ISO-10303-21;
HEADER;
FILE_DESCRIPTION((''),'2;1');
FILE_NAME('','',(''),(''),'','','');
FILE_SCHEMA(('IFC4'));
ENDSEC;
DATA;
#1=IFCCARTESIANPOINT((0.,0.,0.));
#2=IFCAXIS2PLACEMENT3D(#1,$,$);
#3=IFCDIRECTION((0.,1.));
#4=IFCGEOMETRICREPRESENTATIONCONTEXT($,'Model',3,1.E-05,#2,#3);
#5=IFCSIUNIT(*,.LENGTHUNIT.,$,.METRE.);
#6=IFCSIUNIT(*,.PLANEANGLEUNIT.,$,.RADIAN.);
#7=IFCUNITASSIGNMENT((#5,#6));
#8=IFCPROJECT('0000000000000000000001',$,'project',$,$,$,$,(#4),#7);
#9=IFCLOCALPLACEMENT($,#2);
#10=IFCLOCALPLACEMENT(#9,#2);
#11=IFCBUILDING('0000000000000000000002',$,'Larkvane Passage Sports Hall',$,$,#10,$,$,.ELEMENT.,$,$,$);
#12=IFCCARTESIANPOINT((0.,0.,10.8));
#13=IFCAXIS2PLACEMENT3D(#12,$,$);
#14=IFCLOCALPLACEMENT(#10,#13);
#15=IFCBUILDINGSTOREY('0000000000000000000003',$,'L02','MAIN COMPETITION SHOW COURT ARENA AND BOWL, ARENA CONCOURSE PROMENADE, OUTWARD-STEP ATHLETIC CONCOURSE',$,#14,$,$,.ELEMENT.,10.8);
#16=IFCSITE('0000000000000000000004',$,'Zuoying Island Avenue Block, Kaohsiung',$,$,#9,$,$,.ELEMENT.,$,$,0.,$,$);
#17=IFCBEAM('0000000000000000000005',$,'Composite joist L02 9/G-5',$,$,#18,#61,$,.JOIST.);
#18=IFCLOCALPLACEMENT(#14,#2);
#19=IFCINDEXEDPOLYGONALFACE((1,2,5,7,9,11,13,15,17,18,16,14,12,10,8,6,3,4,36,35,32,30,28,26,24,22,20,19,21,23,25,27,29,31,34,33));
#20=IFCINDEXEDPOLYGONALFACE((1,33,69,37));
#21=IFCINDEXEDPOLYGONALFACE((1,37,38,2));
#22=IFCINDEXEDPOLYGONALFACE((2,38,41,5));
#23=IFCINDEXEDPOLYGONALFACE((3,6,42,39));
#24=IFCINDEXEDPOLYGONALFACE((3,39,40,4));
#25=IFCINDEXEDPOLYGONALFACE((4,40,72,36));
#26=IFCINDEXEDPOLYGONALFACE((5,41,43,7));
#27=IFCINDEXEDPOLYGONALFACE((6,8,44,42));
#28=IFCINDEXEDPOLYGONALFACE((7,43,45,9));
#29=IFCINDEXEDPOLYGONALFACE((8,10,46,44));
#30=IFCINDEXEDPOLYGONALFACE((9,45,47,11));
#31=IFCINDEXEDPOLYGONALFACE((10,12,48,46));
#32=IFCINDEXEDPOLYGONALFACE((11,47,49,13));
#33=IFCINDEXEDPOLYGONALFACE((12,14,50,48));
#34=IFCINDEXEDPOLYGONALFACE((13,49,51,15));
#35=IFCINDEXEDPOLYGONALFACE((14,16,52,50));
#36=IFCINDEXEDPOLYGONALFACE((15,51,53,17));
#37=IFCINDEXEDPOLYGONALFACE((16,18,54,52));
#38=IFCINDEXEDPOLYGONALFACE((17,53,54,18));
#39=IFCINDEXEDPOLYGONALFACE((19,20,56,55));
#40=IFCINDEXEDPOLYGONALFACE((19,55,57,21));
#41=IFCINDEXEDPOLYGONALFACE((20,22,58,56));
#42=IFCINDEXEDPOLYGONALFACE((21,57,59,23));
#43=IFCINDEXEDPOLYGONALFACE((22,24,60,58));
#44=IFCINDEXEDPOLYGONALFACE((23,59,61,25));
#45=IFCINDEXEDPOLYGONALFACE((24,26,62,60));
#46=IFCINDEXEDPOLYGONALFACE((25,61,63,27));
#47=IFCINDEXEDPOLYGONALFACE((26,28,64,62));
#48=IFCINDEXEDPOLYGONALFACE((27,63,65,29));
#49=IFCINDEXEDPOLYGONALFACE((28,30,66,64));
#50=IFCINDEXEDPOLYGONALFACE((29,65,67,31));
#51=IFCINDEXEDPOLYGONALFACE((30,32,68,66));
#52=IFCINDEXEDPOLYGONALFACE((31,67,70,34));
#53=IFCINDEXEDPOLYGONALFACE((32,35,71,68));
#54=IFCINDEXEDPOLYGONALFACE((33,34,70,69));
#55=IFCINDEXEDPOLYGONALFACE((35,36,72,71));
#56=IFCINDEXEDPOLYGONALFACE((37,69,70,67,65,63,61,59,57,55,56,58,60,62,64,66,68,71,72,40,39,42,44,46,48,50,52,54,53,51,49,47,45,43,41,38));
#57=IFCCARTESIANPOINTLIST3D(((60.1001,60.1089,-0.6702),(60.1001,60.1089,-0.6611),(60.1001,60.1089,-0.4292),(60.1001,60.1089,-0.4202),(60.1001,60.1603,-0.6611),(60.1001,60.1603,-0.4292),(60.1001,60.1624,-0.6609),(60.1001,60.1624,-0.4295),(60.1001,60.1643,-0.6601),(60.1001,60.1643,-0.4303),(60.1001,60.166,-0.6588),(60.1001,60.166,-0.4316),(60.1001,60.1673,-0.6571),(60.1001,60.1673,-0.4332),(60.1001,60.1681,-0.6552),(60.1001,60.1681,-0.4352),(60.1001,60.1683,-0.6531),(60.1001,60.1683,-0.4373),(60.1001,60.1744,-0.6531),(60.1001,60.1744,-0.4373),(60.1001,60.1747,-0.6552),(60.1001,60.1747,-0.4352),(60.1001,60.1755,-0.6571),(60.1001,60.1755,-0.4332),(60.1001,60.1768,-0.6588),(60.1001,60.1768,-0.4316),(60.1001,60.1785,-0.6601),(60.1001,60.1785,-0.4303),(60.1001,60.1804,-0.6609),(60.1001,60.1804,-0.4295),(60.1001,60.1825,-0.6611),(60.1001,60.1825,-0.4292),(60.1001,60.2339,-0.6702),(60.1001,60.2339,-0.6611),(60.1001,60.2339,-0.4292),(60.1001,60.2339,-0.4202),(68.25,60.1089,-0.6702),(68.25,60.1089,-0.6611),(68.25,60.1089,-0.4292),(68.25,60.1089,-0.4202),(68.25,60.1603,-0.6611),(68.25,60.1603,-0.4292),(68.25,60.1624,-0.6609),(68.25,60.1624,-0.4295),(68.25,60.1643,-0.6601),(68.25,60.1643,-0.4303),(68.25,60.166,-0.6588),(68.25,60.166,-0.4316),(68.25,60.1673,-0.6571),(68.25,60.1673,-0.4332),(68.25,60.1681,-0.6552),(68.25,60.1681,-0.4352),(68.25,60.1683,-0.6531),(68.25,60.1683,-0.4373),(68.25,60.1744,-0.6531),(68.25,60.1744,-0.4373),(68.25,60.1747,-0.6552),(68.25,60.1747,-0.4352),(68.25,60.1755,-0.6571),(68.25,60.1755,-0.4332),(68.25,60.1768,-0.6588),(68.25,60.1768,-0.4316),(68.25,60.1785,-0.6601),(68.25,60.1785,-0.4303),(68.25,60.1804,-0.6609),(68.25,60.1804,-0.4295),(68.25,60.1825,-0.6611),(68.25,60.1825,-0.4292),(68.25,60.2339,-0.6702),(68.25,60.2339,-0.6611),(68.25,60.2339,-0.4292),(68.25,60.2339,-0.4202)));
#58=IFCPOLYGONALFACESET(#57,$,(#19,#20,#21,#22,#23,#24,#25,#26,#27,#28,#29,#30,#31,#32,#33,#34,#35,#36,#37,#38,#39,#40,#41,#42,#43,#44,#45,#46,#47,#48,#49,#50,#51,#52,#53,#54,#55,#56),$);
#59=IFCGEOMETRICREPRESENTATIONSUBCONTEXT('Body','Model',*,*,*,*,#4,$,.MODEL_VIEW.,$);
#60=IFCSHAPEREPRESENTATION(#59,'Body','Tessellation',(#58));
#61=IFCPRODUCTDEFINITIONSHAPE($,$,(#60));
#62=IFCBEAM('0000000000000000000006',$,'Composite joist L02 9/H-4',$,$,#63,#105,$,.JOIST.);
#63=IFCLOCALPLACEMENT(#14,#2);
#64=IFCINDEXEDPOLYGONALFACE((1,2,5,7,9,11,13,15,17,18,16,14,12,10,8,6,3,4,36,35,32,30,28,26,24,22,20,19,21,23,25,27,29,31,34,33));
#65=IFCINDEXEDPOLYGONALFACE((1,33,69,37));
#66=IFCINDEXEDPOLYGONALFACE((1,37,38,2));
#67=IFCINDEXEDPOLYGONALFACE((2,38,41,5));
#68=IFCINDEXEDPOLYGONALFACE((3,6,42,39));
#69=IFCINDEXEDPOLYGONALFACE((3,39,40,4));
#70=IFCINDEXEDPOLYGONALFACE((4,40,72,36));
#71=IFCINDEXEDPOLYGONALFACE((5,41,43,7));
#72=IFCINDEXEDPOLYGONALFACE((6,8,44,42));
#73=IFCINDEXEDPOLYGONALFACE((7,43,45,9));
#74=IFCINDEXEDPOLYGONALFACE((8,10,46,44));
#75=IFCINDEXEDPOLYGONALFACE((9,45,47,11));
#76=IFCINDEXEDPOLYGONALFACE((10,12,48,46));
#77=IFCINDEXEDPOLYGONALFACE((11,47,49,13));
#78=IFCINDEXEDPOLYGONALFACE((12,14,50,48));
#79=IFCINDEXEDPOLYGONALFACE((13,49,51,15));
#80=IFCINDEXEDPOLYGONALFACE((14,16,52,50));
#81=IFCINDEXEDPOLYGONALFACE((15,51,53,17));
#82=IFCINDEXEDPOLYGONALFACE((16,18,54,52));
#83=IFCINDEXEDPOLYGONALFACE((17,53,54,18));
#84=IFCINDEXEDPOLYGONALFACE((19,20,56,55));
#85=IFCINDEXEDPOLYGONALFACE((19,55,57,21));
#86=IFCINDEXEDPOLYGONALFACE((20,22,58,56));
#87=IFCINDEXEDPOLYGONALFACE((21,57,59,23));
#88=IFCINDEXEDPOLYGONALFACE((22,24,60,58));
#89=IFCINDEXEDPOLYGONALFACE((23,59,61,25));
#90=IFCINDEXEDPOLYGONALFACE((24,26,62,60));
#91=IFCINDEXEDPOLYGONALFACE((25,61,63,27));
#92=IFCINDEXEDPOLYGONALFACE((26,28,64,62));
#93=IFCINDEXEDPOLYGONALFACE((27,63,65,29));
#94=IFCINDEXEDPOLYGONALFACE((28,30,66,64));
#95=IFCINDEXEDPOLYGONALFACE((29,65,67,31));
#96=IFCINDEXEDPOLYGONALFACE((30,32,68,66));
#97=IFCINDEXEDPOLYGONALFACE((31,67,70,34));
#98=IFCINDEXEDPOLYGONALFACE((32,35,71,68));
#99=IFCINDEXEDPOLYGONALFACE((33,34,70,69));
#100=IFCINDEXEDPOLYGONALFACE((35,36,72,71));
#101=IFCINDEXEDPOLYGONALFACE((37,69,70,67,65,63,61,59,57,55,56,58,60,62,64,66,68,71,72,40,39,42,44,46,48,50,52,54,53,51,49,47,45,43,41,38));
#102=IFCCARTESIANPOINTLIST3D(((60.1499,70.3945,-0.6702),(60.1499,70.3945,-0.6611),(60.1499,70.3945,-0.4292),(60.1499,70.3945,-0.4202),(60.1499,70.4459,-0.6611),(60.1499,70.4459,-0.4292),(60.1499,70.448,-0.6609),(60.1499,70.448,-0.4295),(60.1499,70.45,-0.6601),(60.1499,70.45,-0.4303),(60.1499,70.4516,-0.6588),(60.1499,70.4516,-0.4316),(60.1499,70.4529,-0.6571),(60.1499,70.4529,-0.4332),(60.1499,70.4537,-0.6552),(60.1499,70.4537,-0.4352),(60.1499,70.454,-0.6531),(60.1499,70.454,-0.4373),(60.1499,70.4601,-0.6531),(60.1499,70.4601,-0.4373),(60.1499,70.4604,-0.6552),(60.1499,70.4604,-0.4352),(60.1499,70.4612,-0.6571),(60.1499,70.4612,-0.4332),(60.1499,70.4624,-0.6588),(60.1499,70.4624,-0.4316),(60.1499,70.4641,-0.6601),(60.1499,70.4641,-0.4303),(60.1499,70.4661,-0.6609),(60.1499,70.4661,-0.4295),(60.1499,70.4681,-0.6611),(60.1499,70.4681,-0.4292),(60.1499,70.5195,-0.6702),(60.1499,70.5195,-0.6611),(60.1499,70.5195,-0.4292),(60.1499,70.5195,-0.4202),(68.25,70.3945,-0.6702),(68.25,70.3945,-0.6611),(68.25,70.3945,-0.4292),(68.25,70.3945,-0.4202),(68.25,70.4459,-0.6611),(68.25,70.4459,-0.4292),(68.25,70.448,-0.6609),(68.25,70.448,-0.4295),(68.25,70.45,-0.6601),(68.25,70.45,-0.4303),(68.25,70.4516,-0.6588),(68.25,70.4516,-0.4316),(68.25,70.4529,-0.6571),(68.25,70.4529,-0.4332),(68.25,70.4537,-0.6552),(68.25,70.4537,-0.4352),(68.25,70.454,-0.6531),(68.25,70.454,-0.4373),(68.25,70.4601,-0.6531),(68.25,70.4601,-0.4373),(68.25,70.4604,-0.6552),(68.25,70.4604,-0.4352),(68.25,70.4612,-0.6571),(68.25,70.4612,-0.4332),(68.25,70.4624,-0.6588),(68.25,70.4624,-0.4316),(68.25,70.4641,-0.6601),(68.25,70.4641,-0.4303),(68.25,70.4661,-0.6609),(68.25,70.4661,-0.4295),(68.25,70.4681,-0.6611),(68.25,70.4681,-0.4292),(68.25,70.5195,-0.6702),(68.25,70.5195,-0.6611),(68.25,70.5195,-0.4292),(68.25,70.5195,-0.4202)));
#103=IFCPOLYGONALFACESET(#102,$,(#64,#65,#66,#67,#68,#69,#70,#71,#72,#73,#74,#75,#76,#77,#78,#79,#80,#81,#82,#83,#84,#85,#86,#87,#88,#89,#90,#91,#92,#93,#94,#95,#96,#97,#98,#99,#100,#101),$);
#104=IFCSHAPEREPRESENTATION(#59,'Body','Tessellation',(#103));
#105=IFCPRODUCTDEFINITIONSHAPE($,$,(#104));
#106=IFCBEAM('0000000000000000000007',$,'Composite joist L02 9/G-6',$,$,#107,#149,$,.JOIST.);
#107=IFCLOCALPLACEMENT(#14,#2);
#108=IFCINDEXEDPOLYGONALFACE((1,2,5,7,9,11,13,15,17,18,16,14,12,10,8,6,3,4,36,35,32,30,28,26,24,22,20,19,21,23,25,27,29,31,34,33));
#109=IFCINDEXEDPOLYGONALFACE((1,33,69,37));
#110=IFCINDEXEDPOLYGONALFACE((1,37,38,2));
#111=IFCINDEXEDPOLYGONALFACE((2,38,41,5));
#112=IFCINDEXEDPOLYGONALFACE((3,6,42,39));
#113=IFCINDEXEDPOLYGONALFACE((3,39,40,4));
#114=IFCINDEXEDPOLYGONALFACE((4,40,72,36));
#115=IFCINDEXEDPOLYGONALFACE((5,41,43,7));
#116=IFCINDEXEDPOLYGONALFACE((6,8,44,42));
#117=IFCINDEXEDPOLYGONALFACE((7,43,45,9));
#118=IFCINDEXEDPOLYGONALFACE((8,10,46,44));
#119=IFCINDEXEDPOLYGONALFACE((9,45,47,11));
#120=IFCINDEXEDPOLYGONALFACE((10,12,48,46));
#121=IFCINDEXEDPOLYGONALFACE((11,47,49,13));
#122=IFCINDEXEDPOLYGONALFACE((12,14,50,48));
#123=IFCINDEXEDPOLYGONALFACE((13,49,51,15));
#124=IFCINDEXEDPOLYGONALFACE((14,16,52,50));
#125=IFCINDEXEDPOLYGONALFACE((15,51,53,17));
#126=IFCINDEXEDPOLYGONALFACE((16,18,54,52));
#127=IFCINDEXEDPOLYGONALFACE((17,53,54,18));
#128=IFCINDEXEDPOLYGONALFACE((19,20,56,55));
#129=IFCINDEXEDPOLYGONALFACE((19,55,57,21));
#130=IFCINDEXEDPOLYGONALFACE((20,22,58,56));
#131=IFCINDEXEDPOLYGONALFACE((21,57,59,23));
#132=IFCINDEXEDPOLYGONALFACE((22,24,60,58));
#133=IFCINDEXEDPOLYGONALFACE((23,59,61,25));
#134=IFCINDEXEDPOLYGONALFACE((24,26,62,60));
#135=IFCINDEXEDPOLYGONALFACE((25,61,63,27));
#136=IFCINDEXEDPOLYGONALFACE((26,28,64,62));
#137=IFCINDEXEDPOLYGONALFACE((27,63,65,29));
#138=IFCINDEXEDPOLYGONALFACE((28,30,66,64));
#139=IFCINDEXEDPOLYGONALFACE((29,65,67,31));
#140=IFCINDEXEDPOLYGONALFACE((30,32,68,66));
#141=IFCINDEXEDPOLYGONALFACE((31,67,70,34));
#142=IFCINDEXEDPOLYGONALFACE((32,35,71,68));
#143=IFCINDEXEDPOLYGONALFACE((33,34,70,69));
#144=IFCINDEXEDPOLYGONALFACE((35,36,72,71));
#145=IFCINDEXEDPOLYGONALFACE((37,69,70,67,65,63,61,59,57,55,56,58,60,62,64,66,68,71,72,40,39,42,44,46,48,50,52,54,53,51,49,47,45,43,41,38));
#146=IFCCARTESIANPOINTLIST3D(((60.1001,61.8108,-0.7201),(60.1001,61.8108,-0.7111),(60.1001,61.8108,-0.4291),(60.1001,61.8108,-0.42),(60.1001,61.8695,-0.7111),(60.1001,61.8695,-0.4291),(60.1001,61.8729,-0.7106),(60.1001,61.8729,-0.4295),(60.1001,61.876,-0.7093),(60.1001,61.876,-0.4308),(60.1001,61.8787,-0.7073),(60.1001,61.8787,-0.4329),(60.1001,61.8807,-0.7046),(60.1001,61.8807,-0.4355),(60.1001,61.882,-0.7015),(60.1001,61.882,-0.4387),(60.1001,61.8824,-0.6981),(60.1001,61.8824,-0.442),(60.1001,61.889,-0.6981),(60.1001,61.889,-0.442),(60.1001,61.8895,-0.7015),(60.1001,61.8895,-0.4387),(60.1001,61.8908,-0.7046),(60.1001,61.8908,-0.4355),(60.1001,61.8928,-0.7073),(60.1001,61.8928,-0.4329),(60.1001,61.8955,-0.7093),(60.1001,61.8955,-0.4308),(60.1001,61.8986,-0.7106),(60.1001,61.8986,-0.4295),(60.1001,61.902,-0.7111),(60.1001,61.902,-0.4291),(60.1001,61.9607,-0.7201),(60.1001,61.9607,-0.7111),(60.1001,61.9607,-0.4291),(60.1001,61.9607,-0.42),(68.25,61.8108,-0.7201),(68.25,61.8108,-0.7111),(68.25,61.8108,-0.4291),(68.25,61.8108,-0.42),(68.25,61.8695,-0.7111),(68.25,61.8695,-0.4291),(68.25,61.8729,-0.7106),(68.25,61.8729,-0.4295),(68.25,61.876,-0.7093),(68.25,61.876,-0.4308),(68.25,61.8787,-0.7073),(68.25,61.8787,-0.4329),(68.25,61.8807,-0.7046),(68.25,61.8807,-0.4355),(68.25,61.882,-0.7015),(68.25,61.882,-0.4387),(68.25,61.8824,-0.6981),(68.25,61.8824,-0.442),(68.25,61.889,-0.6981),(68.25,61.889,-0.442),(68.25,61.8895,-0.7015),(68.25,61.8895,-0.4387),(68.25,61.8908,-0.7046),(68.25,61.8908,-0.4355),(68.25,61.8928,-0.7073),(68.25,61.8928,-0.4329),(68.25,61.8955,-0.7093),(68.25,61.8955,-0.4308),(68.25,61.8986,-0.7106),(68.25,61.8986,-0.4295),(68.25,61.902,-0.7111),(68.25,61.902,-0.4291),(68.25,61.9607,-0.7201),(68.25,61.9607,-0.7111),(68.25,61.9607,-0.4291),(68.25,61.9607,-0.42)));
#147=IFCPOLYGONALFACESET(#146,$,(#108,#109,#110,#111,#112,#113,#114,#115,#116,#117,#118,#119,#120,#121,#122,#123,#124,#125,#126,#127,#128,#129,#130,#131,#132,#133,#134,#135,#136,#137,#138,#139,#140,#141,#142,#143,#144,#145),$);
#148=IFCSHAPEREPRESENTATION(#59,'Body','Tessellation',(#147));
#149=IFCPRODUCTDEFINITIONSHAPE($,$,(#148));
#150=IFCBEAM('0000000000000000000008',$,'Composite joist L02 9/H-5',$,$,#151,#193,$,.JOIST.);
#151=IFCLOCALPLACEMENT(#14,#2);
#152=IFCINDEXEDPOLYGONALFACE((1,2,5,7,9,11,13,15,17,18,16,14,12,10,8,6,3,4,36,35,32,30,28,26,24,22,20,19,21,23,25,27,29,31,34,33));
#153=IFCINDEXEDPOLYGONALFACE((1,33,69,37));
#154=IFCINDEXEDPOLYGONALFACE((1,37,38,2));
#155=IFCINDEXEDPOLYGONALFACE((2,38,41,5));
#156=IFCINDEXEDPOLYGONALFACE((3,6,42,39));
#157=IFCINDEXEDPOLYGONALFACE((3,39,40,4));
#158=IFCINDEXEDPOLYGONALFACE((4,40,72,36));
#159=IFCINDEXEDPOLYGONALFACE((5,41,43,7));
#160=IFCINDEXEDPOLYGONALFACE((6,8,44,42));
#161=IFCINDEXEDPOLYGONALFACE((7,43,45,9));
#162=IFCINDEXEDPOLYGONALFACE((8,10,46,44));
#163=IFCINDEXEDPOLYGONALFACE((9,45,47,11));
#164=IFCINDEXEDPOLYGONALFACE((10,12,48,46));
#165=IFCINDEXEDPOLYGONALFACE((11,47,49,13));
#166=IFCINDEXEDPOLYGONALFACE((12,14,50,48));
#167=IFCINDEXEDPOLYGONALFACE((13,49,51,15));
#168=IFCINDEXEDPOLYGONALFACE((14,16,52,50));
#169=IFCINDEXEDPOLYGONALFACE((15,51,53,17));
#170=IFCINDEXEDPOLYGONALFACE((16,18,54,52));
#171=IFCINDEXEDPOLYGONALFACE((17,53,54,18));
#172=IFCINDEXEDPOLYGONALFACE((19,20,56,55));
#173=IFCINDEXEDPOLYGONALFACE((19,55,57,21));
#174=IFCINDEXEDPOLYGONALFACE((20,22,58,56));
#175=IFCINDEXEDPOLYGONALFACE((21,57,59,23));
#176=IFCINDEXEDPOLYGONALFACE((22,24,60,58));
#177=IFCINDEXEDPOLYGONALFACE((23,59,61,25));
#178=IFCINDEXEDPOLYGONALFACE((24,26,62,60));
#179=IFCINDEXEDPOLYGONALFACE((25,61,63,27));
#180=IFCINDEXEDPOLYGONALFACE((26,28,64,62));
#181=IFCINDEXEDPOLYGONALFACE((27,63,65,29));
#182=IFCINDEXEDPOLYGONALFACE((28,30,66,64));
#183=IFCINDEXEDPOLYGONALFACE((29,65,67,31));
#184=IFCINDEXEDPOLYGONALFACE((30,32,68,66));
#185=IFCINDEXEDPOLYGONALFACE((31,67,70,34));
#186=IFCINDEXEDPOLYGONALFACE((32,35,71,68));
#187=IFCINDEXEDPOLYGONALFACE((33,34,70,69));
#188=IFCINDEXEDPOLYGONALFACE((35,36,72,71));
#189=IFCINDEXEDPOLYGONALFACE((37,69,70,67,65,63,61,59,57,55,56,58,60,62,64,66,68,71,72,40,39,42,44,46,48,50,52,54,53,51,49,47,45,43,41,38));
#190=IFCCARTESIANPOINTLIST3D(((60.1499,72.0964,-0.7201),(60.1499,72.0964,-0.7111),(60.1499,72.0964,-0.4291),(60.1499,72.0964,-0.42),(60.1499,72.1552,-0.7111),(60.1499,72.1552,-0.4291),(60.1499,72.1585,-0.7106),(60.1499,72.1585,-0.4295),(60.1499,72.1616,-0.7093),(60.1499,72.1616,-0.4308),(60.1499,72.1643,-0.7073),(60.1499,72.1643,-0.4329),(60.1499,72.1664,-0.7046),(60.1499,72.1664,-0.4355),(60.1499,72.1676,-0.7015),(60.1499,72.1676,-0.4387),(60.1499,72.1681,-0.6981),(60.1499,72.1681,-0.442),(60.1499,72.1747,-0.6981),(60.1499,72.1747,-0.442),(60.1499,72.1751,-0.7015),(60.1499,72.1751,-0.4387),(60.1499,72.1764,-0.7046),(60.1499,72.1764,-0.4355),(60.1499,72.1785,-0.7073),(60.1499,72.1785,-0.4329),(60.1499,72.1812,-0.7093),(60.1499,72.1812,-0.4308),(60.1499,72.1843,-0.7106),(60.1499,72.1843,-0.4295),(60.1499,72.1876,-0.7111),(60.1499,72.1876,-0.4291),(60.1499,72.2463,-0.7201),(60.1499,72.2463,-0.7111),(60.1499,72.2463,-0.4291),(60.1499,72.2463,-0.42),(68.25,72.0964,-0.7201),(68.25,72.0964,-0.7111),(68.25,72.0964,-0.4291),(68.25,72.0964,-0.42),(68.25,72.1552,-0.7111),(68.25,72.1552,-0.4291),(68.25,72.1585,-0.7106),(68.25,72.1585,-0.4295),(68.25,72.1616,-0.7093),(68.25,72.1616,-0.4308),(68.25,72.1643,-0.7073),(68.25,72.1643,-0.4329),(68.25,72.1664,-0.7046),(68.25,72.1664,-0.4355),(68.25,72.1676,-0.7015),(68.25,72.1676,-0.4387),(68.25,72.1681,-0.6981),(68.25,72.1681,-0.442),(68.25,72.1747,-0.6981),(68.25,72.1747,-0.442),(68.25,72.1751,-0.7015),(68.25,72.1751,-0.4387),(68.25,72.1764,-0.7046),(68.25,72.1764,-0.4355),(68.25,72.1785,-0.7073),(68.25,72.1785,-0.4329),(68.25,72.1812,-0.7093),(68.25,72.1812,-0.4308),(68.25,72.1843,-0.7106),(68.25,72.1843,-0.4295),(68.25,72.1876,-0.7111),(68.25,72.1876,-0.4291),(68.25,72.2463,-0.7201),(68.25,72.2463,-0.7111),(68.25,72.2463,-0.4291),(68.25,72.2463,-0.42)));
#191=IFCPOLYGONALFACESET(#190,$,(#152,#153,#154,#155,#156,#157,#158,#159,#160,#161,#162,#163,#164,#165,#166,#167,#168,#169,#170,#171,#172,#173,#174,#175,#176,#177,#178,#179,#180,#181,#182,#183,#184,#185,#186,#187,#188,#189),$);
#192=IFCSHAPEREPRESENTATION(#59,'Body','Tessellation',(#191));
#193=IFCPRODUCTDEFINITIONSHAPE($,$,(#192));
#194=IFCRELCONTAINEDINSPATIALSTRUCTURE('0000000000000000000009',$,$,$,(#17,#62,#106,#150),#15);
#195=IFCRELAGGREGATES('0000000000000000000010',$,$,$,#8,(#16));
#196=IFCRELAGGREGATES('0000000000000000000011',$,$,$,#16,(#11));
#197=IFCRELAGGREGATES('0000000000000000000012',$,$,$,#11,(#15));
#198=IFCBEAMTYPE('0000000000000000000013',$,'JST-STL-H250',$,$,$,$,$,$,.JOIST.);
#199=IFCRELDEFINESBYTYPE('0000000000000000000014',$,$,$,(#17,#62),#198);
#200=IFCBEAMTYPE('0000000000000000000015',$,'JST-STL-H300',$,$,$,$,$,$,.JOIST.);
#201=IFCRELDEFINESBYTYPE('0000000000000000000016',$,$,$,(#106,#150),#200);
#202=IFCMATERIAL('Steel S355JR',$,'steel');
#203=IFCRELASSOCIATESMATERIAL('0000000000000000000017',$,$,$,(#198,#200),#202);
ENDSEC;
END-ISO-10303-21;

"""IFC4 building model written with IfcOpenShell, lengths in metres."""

from ifc_helpers import new_model, si_unit, direction, frame, origin, origin_2d, place, context, subcontext, project, spatial, i_section, extrude, material, material_profile, profile_set, type_object, element, save


model = new_model("IFC4")

# Units and contexts
model_context = context("Model", 3, precision=1e-05, world=origin(), true_north=direction((0.0, 1.0)))
body_context = subcontext(model_context, "Body", "Model", "MODEL_VIEW")
ifc_project = project(units=[si_unit("LENGTHUNIT", "METRE"), si_unit("PLANEANGLEUNIT", "RADIAN")], contexts=[model_context])

# Site, building, storey
site_placement = place(None, origin())
site = spatial("IfcSite", under=ifc_project, at=site_placement, Name="Zuoying Island Avenue Block, Kaohsiung", CompositionType="ELEMENT", RefElevation=0.0)
building_placement = place(site_placement, origin())
building = spatial("IfcBuilding", under=site, at=building_placement, Name="Larkvane Passage Sports Hall", CompositionType="ELEMENT")
storey_placement = place(building_placement, frame((0.0, 0.0, 10.8)))
storey = spatial("IfcBuildingStorey", under=building, at=storey_placement, Name="L02", Description="MAIN COMPETITION SHOW COURT ARENA AND BOWL, ARENA CONCOURSE PROMENADE, OUTWARD-STEP ATHLETIC CONCOURSE", CompositionType="ELEMENT", Elevation=10.8)

# Shared definitions
ifc_material_1 = material(Name="Steel S355JR", Category="steel")

# Beams
ifc_material_profile_1 = material_profile(ifc_material_1, i_section(OverallWidth=0.125, OverallDepth=0.25, WebThickness=0.0061, FlangeThickness=0.009, FilletRadius=0.0081, at=origin_2d()), Name="H-250x125x6x9")
ifc_profile_set_1 = profile_set([ifc_material_profile_1], Name="Steel S355JR")
beam_type_1 = type_object("IfcBeamType", Name="JST-STL-H250", PredefinedType="JOIST", material=ifc_profile_set_1)
beam_1_placement = place(storey_placement, frame((60.1001, 60.1714, -0.5452), z_axis=(1.0, 0.0, 0.0), x_axis=(0.0, 1.0, 0.0)))
element("IfcBeam", 1, at=beam_1_placement, inside=storey, type_object=beam_type_1, Name="Composite joist L02 9/G-5", PredefinedType="JOIST", context=body_context, shape_type="SweptSolid", body=[
    extrude(i_section(OverallWidth=0.125, OverallDepth=0.25, WebThickness=0.0061, FlangeThickness=0.009, FilletRadius=0.0081, at=origin_2d()), origin(), (0.0, 0.0, 1.0), 8.1499),
])
beam_2_placement = place(storey_placement, frame((60.1499, 70.457, -0.5452), z_axis=(1.0, 0.0, 0.0), x_axis=(0.0, 1.0, 0.0)))
element("IfcBeam", 2, at=beam_2_placement, inside=storey, type_object=beam_type_1, Name="Composite joist L02 9/H-4", PredefinedType="JOIST", context=body_context, shape_type="SweptSolid", body=[
    extrude(i_section(OverallWidth=0.125, OverallDepth=0.25, WebThickness=0.0061, FlangeThickness=0.009, FilletRadius=0.0081, at=origin_2d()), origin(), (0.0, 0.0, 1.0), 8.1001),
])
ifc_material_profile_2 = material_profile(ifc_material_1, i_section(OverallWidth=0.1499, OverallDepth=0.3, WebThickness=0.0066, FlangeThickness=0.009, FilletRadius=0.0129, at=origin_2d()), Name="H-300x150x6.5x9")
ifc_profile_set_2 = profile_set([ifc_material_profile_2], Name="Steel S355JR")
beam_type_2 = type_object("IfcBeamType", Name="JST-STL-H300", PredefinedType="JOIST", material=ifc_profile_set_2)
beam_3_placement = place(storey_placement, frame((60.1001, 61.8857, -0.5701), z_axis=(1.0, 0.0, 0.0), x_axis=(0.0, 1.0, 0.0)))
element("IfcBeam", 3, at=beam_3_placement, inside=storey, type_object=beam_type_2, Name="Composite joist L02 9/G-6", PredefinedType="JOIST", context=body_context, shape_type="SweptSolid", body=[
    extrude(i_section(OverallWidth=0.1499, OverallDepth=0.3, WebThickness=0.0066, FlangeThickness=0.009, FilletRadius=0.0129, at=origin_2d()), origin(), (0.0, 0.0, 1.0), 8.1499),
])
beam_4_placement = place(storey_placement, frame((60.1499, 72.1714, -0.5701), z_axis=(1.0, 0.0, 0.0), x_axis=(0.0, 1.0, 0.0)))
element("IfcBeam", 4, at=beam_4_placement, inside=storey, type_object=beam_type_2, Name="Composite joist L02 9/H-5", PredefinedType="JOIST", context=body_context, shape_type="SweptSolid", body=[
    extrude(i_section(OverallWidth=0.1499, OverallDepth=0.3, WebThickness=0.0066, FlangeThickness=0.009, FilletRadius=0.0129, at=origin_2d()), origin(), (0.0, 0.0, 1.0), 8.1001),
])

save(model, "model.ifc")
